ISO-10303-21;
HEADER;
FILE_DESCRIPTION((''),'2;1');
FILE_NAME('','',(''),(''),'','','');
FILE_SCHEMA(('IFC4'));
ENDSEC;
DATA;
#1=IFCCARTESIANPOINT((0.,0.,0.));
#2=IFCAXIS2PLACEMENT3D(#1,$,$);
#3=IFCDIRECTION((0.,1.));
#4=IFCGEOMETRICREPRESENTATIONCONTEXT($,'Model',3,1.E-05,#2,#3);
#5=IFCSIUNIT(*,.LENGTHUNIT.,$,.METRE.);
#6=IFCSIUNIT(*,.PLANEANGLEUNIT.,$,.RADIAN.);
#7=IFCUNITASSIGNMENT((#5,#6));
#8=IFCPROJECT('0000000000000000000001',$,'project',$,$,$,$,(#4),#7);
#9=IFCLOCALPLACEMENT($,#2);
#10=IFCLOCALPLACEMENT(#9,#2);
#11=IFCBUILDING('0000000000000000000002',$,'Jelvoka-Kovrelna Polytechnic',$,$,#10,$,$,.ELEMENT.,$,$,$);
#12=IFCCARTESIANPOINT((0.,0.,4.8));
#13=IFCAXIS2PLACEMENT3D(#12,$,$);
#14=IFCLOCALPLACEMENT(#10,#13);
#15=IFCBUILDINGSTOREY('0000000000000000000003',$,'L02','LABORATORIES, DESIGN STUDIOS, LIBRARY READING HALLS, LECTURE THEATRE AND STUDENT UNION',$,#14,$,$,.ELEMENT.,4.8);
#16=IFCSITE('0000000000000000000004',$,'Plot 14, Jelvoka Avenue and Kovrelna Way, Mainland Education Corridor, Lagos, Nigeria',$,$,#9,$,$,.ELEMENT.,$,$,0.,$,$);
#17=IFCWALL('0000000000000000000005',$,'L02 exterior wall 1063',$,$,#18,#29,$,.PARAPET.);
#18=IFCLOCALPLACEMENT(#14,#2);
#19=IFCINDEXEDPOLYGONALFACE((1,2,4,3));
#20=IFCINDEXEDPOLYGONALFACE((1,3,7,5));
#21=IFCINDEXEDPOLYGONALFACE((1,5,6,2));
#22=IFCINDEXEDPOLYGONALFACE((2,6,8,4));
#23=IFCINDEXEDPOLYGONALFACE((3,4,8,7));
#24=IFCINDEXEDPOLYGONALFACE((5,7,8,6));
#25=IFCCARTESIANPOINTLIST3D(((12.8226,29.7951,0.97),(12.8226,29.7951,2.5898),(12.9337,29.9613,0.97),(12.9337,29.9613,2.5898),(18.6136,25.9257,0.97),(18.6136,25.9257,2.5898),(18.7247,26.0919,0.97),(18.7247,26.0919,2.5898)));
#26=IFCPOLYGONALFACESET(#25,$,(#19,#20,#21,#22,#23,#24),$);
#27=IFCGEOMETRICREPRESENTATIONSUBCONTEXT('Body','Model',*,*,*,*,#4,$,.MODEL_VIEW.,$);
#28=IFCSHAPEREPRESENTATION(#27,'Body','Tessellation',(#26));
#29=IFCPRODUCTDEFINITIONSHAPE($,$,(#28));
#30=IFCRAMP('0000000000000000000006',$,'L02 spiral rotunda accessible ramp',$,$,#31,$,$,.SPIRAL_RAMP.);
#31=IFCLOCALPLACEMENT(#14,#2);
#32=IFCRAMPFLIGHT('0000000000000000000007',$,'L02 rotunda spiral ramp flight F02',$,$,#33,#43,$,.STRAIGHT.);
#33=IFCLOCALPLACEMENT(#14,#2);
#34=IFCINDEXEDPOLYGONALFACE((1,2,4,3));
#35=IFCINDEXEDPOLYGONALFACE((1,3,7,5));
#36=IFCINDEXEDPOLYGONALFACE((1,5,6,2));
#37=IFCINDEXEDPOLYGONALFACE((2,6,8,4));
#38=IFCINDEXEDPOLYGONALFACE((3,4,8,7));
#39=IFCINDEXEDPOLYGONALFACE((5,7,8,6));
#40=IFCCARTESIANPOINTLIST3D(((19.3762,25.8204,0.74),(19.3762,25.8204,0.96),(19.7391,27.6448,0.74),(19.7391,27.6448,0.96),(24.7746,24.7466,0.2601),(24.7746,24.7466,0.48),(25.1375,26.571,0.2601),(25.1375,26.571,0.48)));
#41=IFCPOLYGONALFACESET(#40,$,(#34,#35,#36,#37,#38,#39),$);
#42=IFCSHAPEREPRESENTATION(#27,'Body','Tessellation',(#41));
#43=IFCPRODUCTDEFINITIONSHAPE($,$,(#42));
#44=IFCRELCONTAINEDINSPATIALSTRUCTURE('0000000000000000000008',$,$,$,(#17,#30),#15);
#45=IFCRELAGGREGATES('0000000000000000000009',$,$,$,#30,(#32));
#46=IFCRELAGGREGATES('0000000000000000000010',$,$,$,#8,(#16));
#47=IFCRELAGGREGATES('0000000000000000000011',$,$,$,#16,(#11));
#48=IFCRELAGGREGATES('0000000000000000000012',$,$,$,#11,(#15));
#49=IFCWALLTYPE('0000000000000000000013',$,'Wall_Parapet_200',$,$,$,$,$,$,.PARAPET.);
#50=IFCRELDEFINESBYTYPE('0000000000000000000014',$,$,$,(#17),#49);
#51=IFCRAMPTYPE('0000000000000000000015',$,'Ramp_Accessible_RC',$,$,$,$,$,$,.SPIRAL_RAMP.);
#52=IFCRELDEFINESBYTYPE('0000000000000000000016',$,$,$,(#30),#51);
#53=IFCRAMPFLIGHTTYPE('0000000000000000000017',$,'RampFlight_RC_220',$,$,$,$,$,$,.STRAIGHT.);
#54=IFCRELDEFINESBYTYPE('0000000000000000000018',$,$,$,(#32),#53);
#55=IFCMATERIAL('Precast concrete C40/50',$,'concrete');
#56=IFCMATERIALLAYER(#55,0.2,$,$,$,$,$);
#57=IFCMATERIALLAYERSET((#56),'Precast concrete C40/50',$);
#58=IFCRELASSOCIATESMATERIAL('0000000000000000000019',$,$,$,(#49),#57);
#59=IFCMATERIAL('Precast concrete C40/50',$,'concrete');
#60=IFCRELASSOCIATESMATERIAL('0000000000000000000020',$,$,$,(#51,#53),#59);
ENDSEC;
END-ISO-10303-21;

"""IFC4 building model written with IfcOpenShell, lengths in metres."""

from ifc_helpers import new_model, si_unit, direction, frame, frame_2d, origin, place, context, subcontext, project, spatial, polyline, rectangle, outline, extrude, material, layer, layer_set, type_object, element, aggregate, save


model = new_model("IFC4")

# Units and contexts
model_context = context("Model", 3, precision=1e-05, world=origin(), true_north=direction((0.0, 1.0)))
body_context = subcontext(model_context, "Body", "Model", "MODEL_VIEW")
ifc_project = project(units=[si_unit("LENGTHUNIT", "METRE"), si_unit("PLANEANGLEUNIT", "RADIAN")], contexts=[model_context])

# Site, building, storey
site_placement = place(None, origin())
site = spatial("IfcSite", under=ifc_project, at=site_placement, Name="Plot 14, Jelvoka Avenue and Kovrelna Way, Mainland Education Corridor, Lagos, Nigeria", CompositionType="ELEMENT", RefElevation=0.0)
building_placement = place(site_placement, origin())
building = spatial("IfcBuilding", under=site, at=building_placement, Name="Jelvoka-Kovrelna Polytechnic", CompositionType="ELEMENT")
storey_placement = place(building_placement, frame((0.0, 0.0, 4.8)))
storey = spatial("IfcBuildingStorey", under=building, at=storey_placement, Name="L02", Description="LABORATORIES, DESIGN STUDIOS, LIBRARY READING HALLS, LECTURE THEATRE AND STUDENT UNION", CompositionType="ELEMENT", Elevation=4.8)

# Wall
ifc_material_1 = material(Name="Precast concrete C40/50", Category="concrete")
ifc_layer_1 = layer(ifc_material_1, 0.2)
ifc_layer_set_1 = layer_set([ifc_layer_1], Name="Precast concrete C40/50")
wall_type_1 = type_object("IfcWallType", Name="Wall_Parapet_200", PredefinedType="PARAPET", material=ifc_layer_set_1)
wall_1_placement = place(storey_placement, frame((18.6692, 26.0088, 0.97), z_axis=(0.0, 0.0, 1.0), x_axis=(-0.831473, 0.555565, 0.0)))
element("IfcWall", 1, at=wall_1_placement, inside=storey, type_object=wall_type_1, Name="L02 exterior wall 1063", PredefinedType="PARAPET", context=body_context, shape_type="SweptSolid", body=[
    extrude(rectangle(XDim=6.9648, YDim=0.2, at=frame_2d((3.4824, 0.0))), origin(), (0.0, 0.0, 1.0), 1.6199),
])

# Ramp, ramp flight
ifc_material_2 = material(Name="Precast concrete C40/50", Category="concrete")
ramp_type = type_object("IfcRampType", Name="Ramp_Accessible_RC", PredefinedType="SPIRAL_RAMP", material=ifc_material_2)
ramp_placement = place(storey_placement, origin())
ramp = element("IfcRamp", 2, at=ramp_placement, inside=storey, type_object=ramp_type, Name="L02 spiral rotunda accessible ramp", PredefinedType="SPIRAL_RAMP")
ramp_flight_type = type_object("IfcRampFlightType", Name="RampFlight_RC_220", PredefinedType="STRAIGHT", material=ifc_material_2)
ramp_flight_placement = place(None, frame((24.9561, 25.6587, 5.28), z_axis=(0.0, 0.0, 1.0), x_axis=(-0.980785, 0.195092, 0.0)))
ramp_flight = element("IfcRampFlight", 3, at=ramp_flight_placement, type_object=ramp_flight_type, Name="L02 rotunda spiral ramp flight F02", PredefinedType="STRAIGHT", context=body_context, shape_type="SweptSolid", body=[
    extrude(outline(polyline([(0.0, 0.0), (5.5042, 0.48), (5.5042, 0.26), (0.0, -0.22), (0.0, 0.0)])), frame((0.0, 0.9299, 0.0), z_axis=(0.0, -1.0, 0.0), x_axis=(1.0, 0.0, 0.0)), (0.0, 0.0, 1.0), 1.8601),
])
aggregate(ramp, [ramp_flight])

save(model, "model.ifc")
